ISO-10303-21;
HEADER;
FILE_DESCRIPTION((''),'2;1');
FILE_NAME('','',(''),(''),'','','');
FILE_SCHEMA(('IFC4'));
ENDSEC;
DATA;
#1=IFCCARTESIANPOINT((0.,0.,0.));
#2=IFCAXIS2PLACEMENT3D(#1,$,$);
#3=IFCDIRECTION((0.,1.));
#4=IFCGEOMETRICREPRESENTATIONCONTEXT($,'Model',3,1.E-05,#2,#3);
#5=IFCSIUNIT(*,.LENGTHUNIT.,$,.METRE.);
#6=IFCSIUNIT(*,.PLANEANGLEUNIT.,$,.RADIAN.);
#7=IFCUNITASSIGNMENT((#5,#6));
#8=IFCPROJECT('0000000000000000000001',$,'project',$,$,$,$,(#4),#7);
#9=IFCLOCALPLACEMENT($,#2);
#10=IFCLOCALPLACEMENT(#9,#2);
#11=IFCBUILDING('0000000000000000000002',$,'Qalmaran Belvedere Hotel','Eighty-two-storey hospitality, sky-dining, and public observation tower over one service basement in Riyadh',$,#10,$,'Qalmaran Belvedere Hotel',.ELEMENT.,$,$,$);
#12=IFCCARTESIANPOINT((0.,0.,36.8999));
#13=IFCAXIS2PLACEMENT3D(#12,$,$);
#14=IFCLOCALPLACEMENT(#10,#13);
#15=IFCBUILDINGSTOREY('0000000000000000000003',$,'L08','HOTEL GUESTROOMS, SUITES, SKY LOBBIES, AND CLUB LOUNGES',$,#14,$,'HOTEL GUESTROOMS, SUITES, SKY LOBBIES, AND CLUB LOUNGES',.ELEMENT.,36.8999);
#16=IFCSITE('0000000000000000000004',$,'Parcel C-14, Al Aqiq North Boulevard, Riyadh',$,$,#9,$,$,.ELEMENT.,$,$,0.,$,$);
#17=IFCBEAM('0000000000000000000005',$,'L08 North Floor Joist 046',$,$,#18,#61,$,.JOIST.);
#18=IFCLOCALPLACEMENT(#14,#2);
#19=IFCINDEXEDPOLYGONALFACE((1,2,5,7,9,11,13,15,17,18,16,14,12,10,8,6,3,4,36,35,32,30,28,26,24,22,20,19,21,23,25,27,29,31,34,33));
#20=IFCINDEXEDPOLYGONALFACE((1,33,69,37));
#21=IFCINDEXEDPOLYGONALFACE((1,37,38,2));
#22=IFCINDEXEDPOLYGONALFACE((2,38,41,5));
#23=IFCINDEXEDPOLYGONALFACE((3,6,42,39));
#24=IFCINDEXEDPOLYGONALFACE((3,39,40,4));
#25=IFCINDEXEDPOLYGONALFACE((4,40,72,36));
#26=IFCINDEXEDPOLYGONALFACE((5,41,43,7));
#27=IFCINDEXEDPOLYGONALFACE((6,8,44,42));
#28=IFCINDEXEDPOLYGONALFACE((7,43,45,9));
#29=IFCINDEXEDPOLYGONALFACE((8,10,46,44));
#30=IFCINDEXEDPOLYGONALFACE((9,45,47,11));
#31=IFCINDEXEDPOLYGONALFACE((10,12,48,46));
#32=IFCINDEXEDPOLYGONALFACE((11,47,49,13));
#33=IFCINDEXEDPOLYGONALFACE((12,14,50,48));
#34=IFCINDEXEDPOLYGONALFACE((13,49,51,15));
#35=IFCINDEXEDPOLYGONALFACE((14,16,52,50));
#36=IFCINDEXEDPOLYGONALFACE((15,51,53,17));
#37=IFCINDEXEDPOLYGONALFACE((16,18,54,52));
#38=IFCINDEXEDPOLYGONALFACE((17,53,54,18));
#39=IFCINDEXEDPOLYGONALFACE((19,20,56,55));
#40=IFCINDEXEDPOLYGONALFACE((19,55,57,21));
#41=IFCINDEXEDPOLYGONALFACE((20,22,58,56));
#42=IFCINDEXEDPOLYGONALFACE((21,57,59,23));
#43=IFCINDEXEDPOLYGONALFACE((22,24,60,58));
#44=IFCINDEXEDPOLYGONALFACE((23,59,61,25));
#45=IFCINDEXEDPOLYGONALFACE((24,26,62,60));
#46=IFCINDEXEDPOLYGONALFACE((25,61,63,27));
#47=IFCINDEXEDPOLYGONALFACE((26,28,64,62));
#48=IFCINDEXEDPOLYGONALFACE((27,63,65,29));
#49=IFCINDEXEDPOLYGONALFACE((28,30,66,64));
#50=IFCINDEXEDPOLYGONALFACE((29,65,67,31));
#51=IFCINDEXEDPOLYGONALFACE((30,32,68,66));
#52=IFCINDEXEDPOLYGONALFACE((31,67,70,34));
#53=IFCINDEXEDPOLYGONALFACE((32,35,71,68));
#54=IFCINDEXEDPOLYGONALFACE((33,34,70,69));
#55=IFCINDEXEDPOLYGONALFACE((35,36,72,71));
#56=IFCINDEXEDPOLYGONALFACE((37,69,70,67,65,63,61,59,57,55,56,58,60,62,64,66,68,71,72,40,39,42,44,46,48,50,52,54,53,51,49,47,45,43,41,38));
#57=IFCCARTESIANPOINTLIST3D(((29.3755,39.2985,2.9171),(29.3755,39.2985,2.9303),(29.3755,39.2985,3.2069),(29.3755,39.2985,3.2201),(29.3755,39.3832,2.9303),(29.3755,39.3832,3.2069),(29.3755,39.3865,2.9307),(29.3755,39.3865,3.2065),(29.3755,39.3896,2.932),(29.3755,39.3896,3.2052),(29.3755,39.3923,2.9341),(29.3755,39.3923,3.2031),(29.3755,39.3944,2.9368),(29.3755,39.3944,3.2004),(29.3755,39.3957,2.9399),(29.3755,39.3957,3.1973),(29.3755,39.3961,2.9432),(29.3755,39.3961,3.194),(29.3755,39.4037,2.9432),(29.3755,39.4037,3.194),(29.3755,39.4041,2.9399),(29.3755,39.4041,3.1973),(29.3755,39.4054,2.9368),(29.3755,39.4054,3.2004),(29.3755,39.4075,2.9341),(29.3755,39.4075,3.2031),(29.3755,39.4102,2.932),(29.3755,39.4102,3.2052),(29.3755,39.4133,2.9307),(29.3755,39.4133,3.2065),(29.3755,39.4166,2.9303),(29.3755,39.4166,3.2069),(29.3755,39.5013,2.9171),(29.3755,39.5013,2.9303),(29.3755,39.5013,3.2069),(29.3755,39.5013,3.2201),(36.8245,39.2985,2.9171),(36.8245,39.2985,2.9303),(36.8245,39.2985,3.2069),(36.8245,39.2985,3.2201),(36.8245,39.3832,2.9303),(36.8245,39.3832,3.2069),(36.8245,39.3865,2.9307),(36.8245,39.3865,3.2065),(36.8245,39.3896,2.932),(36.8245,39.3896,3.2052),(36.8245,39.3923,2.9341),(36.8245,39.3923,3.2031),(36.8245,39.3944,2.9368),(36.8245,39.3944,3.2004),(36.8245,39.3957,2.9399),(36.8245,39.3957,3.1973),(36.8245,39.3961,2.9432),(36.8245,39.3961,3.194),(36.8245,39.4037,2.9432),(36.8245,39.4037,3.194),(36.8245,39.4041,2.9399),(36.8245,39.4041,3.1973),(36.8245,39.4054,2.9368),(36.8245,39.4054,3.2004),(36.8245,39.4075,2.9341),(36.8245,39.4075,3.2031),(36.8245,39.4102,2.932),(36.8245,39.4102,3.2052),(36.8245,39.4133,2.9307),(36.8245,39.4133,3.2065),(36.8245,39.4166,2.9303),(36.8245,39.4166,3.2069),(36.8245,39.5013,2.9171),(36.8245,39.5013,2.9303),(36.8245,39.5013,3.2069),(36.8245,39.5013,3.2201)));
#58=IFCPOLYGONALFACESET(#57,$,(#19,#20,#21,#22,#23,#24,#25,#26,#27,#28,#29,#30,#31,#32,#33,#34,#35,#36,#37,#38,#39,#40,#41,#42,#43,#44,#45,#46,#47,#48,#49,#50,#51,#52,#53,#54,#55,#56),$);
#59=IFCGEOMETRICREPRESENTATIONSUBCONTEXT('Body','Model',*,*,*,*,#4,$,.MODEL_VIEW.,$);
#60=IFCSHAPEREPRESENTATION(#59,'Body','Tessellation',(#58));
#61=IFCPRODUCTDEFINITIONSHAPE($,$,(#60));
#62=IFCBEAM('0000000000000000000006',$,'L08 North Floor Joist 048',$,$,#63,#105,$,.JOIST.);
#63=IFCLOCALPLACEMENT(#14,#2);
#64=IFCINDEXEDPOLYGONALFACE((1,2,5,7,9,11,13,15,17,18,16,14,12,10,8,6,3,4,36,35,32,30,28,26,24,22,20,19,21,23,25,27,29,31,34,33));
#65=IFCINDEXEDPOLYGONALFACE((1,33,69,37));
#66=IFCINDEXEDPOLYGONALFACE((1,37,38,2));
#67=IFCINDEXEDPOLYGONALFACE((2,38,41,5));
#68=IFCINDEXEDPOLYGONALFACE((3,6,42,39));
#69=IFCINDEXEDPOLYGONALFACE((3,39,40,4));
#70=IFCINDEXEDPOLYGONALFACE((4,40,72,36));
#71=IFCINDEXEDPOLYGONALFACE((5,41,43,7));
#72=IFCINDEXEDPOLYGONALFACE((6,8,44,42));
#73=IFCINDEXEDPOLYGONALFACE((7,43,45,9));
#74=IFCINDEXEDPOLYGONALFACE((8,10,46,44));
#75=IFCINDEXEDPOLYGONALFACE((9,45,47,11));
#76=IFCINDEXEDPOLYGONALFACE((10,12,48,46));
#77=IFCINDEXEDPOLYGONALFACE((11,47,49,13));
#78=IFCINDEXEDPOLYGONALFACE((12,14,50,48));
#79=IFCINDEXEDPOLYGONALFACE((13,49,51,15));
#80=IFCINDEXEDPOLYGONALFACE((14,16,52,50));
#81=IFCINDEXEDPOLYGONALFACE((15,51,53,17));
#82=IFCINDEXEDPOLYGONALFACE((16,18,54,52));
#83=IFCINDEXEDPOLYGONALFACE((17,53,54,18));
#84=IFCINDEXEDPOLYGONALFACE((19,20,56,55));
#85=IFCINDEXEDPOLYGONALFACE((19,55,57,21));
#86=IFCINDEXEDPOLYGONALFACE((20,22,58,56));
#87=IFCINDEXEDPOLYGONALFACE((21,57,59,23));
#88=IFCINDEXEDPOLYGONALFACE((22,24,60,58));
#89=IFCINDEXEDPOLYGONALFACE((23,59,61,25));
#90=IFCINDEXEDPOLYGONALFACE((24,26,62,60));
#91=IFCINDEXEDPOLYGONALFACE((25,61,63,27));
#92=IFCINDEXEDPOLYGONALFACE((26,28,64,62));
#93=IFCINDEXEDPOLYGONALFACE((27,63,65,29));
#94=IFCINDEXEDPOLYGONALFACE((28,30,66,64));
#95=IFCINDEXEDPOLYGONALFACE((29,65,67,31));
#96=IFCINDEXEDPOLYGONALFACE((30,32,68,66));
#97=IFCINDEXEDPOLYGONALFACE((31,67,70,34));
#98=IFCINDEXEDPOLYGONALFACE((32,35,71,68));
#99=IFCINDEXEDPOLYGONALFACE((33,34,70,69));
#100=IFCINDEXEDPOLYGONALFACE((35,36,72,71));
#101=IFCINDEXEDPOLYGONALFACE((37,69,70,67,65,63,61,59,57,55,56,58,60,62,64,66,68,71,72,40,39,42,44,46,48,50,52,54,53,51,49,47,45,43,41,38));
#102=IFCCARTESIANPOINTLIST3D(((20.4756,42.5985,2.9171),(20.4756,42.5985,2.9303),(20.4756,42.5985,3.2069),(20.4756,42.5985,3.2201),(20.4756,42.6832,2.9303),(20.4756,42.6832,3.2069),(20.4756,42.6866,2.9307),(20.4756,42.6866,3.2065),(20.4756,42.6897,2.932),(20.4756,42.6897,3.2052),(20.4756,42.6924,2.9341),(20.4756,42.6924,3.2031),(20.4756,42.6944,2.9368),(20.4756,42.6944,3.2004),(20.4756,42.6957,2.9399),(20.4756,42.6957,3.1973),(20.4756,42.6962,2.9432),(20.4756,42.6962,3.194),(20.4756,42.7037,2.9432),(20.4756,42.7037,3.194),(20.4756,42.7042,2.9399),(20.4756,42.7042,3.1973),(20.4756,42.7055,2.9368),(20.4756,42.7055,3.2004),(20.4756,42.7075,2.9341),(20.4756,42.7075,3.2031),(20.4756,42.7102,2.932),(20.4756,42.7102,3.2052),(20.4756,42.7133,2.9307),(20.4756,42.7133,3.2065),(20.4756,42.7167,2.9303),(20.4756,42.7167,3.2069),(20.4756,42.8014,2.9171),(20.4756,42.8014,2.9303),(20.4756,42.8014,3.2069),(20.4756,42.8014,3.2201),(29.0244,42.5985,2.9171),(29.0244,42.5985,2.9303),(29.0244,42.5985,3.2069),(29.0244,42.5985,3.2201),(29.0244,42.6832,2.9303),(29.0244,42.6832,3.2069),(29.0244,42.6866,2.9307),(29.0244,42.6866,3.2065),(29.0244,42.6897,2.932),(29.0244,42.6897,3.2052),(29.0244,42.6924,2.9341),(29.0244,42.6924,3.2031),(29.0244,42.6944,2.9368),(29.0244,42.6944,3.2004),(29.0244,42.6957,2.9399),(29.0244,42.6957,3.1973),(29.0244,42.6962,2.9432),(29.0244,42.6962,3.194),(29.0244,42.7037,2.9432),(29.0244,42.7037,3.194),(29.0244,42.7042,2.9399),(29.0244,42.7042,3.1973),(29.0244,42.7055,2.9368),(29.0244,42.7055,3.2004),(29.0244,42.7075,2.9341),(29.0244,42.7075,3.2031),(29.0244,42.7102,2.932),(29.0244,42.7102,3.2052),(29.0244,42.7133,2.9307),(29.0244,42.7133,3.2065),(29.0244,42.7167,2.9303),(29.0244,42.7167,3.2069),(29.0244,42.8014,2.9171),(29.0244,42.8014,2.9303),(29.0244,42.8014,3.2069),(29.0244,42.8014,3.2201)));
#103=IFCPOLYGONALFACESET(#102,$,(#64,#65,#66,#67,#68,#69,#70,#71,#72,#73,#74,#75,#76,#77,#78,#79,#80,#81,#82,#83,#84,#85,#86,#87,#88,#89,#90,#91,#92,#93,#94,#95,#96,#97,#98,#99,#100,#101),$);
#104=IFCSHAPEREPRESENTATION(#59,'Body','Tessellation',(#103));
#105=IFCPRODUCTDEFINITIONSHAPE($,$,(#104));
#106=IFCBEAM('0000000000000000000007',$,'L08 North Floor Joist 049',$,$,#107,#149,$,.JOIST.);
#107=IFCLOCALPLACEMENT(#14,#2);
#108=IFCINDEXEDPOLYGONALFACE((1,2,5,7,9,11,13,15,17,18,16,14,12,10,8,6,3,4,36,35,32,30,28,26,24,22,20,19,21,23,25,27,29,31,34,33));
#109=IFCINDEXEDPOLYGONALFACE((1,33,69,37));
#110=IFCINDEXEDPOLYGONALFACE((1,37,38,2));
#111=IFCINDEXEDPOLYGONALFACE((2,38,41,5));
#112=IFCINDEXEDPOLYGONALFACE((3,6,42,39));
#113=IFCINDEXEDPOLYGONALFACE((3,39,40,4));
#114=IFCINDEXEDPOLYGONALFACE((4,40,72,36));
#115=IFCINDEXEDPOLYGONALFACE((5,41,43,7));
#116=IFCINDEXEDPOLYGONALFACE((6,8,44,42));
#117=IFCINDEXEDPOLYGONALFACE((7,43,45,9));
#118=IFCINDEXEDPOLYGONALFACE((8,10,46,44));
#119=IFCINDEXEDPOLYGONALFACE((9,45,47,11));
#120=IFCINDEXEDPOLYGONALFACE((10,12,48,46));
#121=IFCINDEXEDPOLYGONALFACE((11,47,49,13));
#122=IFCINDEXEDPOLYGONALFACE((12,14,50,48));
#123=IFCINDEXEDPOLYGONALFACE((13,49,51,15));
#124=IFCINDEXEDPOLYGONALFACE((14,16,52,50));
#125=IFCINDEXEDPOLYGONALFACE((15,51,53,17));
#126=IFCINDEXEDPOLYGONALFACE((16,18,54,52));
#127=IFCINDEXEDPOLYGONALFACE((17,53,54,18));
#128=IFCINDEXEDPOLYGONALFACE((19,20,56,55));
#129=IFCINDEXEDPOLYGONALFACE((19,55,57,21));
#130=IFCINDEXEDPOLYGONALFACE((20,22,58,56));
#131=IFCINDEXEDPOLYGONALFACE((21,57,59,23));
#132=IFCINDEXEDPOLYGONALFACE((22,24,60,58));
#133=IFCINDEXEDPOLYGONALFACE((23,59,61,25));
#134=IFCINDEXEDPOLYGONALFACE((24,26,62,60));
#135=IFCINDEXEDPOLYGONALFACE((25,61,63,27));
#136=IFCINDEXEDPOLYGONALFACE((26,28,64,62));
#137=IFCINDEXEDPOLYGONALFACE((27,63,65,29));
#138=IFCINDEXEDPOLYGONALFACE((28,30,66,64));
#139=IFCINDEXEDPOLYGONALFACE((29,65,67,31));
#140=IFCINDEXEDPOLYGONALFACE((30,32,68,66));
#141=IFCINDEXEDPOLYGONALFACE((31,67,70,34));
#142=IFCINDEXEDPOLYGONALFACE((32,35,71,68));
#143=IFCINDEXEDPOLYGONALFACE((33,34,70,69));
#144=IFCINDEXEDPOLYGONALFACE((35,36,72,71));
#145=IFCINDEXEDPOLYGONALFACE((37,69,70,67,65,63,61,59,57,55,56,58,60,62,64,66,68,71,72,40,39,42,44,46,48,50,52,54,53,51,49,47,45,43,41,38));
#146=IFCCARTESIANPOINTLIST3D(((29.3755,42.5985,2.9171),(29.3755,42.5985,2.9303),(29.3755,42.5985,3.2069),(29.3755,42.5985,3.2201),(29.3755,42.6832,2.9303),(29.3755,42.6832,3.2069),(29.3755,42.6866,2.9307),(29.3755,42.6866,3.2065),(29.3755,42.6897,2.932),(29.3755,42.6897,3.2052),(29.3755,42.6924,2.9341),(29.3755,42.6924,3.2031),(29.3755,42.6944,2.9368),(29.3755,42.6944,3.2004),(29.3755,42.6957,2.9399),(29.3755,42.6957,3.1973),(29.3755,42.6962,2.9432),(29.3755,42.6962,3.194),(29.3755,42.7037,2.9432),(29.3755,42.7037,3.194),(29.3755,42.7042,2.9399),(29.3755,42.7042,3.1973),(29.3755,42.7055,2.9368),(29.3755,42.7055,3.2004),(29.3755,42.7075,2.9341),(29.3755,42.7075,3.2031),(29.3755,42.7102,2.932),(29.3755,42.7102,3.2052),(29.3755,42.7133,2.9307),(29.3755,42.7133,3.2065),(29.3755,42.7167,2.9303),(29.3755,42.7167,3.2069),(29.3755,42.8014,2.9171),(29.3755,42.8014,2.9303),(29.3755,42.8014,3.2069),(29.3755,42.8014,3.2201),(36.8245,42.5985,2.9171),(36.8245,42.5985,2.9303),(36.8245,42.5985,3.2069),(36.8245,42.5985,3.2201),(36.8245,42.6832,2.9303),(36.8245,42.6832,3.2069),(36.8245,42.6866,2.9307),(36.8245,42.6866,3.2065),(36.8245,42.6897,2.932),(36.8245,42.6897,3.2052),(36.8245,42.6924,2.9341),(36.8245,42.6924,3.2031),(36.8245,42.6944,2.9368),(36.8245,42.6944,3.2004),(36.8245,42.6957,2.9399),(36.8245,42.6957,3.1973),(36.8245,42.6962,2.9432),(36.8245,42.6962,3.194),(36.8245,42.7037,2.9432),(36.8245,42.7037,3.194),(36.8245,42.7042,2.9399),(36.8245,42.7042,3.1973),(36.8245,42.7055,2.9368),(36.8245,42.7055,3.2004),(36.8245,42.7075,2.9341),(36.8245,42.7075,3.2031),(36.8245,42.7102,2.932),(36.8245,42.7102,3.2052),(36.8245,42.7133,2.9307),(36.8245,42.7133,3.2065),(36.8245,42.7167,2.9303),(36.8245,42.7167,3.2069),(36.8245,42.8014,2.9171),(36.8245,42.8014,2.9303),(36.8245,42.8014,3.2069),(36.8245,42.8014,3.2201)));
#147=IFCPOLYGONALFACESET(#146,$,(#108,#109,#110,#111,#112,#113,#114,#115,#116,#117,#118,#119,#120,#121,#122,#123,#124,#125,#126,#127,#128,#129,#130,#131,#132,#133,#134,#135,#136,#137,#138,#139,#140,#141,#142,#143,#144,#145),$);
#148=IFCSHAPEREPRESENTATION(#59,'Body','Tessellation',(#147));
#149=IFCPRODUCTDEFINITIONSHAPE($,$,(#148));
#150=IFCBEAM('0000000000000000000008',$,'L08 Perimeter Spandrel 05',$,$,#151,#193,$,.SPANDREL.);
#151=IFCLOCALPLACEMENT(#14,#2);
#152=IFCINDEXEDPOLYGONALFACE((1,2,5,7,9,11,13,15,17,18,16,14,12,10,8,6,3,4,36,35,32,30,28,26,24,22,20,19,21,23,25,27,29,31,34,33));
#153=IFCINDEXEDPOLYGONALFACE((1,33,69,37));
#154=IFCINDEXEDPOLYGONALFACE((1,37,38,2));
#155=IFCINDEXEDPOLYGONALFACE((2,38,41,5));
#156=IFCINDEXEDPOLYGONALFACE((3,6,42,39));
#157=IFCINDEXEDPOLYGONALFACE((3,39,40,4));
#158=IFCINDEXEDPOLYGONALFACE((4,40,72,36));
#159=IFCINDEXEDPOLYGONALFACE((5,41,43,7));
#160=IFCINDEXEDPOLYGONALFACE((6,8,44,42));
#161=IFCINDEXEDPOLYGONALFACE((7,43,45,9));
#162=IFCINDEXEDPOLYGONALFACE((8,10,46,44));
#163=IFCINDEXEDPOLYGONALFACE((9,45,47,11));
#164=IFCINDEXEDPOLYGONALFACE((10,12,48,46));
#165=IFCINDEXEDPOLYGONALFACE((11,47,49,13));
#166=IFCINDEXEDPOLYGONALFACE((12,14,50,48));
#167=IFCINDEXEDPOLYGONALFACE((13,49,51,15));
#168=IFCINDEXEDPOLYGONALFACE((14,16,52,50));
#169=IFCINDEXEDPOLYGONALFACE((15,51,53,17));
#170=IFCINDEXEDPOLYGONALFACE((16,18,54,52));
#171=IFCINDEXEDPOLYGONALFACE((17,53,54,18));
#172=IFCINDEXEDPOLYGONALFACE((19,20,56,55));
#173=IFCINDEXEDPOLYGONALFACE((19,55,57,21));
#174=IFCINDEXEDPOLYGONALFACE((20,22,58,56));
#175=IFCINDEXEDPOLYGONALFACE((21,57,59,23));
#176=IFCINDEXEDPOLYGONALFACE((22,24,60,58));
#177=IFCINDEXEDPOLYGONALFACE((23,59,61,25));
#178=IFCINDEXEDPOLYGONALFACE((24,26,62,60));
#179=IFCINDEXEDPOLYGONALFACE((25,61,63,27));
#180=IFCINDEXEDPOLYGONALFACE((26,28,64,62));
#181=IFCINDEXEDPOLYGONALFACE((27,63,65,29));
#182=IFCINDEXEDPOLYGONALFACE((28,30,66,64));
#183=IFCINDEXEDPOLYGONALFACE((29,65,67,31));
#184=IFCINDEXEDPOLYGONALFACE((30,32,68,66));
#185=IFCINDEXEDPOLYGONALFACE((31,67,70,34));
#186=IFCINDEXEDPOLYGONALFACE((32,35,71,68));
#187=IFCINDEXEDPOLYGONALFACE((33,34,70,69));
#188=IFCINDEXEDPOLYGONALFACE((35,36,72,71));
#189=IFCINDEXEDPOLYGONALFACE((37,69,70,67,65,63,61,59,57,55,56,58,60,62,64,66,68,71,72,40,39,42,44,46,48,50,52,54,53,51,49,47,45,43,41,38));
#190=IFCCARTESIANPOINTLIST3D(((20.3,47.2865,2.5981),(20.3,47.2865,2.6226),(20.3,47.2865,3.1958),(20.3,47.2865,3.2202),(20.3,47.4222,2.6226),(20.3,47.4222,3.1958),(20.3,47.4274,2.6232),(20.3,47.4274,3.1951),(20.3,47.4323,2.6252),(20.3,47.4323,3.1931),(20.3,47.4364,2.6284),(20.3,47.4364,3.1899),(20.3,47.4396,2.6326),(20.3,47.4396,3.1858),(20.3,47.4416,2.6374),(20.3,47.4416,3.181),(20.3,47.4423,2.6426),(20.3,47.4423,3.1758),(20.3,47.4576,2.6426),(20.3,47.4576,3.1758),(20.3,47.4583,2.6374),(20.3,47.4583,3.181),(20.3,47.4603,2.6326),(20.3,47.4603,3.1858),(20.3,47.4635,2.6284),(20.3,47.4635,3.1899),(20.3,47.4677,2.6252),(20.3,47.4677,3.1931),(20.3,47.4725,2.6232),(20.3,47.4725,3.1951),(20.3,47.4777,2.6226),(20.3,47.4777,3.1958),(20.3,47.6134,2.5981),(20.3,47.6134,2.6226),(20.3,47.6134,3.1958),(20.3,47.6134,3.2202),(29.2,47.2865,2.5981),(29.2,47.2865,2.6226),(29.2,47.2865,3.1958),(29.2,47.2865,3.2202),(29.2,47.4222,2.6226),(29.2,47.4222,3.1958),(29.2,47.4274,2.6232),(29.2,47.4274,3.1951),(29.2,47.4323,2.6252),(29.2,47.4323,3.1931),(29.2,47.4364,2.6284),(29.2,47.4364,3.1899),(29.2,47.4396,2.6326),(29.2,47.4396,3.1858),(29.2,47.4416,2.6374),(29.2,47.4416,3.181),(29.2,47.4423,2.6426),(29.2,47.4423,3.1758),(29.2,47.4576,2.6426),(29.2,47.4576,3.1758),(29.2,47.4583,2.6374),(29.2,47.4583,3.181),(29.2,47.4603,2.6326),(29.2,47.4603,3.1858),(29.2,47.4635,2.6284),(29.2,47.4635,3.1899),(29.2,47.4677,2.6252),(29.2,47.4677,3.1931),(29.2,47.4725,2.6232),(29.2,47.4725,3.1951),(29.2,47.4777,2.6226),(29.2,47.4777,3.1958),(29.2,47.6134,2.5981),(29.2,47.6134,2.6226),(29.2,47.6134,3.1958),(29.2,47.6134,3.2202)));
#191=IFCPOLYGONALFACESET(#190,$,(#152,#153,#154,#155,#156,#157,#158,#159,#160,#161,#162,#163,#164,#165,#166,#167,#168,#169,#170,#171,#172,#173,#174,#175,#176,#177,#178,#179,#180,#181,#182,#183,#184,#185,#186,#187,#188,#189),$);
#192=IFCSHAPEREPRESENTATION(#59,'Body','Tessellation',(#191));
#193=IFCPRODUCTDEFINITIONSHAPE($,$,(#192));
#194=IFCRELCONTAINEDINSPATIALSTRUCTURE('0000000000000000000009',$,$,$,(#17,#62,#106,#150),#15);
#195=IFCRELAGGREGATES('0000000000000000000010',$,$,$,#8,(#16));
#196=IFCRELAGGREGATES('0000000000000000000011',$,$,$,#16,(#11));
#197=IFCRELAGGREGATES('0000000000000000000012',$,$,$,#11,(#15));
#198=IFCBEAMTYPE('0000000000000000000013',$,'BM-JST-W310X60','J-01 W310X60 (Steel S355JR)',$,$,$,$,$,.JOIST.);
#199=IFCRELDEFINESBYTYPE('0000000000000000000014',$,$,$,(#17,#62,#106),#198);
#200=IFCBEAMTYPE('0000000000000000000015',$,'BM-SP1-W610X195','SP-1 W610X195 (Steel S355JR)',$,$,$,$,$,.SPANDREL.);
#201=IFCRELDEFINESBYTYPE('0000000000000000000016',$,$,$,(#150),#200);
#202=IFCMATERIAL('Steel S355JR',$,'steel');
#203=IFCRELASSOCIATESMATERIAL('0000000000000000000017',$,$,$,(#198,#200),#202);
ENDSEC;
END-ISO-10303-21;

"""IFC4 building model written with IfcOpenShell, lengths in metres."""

from ifc_helpers import new_model, si_unit, direction, frame, origin, origin_2d, place, context, subcontext, project, spatial, i_section, extrude, material, material_profile, profile_set, type_object, element, save


model = new_model("IFC4")

# Units and contexts
model_context = context("Model", 3, precision=1e-05, world=origin(), true_north=direction((0.0, 1.0)))
body_context = subcontext(model_context, "Body", "Model", "MODEL_VIEW")
ifc_project = project(units=[si_unit("LENGTHUNIT", "METRE"), si_unit("PLANEANGLEUNIT", "RADIAN")], contexts=[model_context])

# Site, building, storey
site_placement = place(None, origin())
site = spatial("IfcSite", under=ifc_project, at=site_placement, Name="Parcel C-14, Al Aqiq North Boulevard, Riyadh", CompositionType="ELEMENT", RefElevation=0.0)
building_placement = place(site_placement, origin())
building = spatial("IfcBuilding", under=site, at=building_placement, Name="Qalmaran Belvedere Hotel", Description="Eighty-two-storey hospitality, sky-dining, and public observation tower over one service basement in Riyadh", LongName="Qalmaran Belvedere Hotel", CompositionType="ELEMENT")
storey_placement = place(building_placement, frame((0.0, 0.0, 36.8999)))
storey = spatial("IfcBuildingStorey", under=building, at=storey_placement, Name="L08", Description="HOTEL GUESTROOMS, SUITES, SKY LOBBIES, AND CLUB LOUNGES", LongName="HOTEL GUESTROOMS, SUITES, SKY LOBBIES, AND CLUB LOUNGES", CompositionType="ELEMENT", Elevation=36.8999)

# Beams
ifc_material_1 = material(Name="Steel S355JR", Category="steel")
ifc_material_profile_1 = material_profile(ifc_material_1, i_section(OverallWidth=0.2029, OverallDepth=0.303, WebThickness=0.0076, FlangeThickness=0.0132, FilletRadius=0.0129, at=origin_2d()), Name="W310X60")
ifc_profile_set_1 = profile_set([ifc_material_profile_1], Name="Steel S355JR")
beam_type_1 = type_object("IfcBeamType", Name="BM-JST-W310X60", Description="J-01 W310X60 (Steel S355JR)", PredefinedType="JOIST", material=ifc_profile_set_1)
beam_1_placement = place(storey_placement, frame((29.3755, 39.3999, 3.0686), z_axis=(1.0, 0.0, 0.0), x_axis=(0.0, 1.0, 0.0)))
element("IfcBeam", 1, at=beam_1_placement, inside=storey, type_object=beam_type_1, Name="L08 North Floor Joist 046", PredefinedType="JOIST", context=body_context, shape_type="SweptSolid", body=[
    extrude(i_section(OverallWidth=0.2029, OverallDepth=0.303, WebThickness=0.0076, FlangeThickness=0.0132, FilletRadius=0.0129, at=origin_2d()), origin(), (0.0, 0.0, 1.0), 7.449),
])
beam_2_placement = place(storey_placement, frame((20.4756, 42.7, 3.0686), z_axis=(1.0, 0.0, 0.0), x_axis=(0.0, 1.0, 0.0)))
element("IfcBeam", 2, at=beam_2_placement, inside=storey, type_object=beam_type_1, Name="L08 North Floor Joist 048", PredefinedType="JOIST", context=body_context, shape_type="SweptSolid", body=[
    extrude(i_section(OverallWidth=0.2029, OverallDepth=0.303, WebThickness=0.0076, FlangeThickness=0.0132, FilletRadius=0.0129, at=origin_2d()), origin(), (0.0, 0.0, 1.0), 8.5488),
])
beam_3_placement = place(storey_placement, frame((29.3755, 42.7, 3.0686), z_axis=(1.0, 0.0, 0.0), x_axis=(0.0, 1.0, 0.0)))
element("IfcBeam", 3, at=beam_3_placement, inside=storey, type_object=beam_type_1, Name="L08 North Floor Joist 049", PredefinedType="JOIST", context=body_context, shape_type="SweptSolid", body=[
    extrude(i_section(OverallWidth=0.2029, OverallDepth=0.303, WebThickness=0.0076, FlangeThickness=0.0132, FilletRadius=0.0129, at=origin_2d()), origin(), (0.0, 0.0, 1.0), 7.449),
])
ifc_material_profile_2 = material_profile(ifc_material_1, i_section(OverallWidth=0.3269, OverallDepth=0.6221, WebThickness=0.0154, FlangeThickness=0.0244, FilletRadius=0.02, at=origin_2d()), Name="W610X195")
ifc_profile_set_2 = profile_set([ifc_material_profile_2], Name="Steel S355JR")
beam_type_2 = type_object("IfcBeamType", Name="BM-SP1-W610X195", Description="SP-1 W610X195 (Steel S355JR)", PredefinedType="SPANDREL", material=ifc_profile_set_2)
beam_4_placement = place(storey_placement, frame((20.3, 47.45, 2.9092), z_axis=(1.0, 0.0, 0.0), x_axis=(0.0, 1.0, 0.0)))
element("IfcBeam", 4, at=beam_4_placement, inside=storey, type_object=beam_type_2, Name="L08 Perimeter Spandrel 05", PredefinedType="SPANDREL", context=body_context, shape_type="SweptSolid", body=[
    extrude(i_section(OverallWidth=0.3269, OverallDepth=0.6221, WebThickness=0.0154, FlangeThickness=0.0244, FilletRadius=0.02, at=origin_2d()), origin(), (0.0, 0.0, 1.0), 8.8999),
])

save(model, "model.ifc")
